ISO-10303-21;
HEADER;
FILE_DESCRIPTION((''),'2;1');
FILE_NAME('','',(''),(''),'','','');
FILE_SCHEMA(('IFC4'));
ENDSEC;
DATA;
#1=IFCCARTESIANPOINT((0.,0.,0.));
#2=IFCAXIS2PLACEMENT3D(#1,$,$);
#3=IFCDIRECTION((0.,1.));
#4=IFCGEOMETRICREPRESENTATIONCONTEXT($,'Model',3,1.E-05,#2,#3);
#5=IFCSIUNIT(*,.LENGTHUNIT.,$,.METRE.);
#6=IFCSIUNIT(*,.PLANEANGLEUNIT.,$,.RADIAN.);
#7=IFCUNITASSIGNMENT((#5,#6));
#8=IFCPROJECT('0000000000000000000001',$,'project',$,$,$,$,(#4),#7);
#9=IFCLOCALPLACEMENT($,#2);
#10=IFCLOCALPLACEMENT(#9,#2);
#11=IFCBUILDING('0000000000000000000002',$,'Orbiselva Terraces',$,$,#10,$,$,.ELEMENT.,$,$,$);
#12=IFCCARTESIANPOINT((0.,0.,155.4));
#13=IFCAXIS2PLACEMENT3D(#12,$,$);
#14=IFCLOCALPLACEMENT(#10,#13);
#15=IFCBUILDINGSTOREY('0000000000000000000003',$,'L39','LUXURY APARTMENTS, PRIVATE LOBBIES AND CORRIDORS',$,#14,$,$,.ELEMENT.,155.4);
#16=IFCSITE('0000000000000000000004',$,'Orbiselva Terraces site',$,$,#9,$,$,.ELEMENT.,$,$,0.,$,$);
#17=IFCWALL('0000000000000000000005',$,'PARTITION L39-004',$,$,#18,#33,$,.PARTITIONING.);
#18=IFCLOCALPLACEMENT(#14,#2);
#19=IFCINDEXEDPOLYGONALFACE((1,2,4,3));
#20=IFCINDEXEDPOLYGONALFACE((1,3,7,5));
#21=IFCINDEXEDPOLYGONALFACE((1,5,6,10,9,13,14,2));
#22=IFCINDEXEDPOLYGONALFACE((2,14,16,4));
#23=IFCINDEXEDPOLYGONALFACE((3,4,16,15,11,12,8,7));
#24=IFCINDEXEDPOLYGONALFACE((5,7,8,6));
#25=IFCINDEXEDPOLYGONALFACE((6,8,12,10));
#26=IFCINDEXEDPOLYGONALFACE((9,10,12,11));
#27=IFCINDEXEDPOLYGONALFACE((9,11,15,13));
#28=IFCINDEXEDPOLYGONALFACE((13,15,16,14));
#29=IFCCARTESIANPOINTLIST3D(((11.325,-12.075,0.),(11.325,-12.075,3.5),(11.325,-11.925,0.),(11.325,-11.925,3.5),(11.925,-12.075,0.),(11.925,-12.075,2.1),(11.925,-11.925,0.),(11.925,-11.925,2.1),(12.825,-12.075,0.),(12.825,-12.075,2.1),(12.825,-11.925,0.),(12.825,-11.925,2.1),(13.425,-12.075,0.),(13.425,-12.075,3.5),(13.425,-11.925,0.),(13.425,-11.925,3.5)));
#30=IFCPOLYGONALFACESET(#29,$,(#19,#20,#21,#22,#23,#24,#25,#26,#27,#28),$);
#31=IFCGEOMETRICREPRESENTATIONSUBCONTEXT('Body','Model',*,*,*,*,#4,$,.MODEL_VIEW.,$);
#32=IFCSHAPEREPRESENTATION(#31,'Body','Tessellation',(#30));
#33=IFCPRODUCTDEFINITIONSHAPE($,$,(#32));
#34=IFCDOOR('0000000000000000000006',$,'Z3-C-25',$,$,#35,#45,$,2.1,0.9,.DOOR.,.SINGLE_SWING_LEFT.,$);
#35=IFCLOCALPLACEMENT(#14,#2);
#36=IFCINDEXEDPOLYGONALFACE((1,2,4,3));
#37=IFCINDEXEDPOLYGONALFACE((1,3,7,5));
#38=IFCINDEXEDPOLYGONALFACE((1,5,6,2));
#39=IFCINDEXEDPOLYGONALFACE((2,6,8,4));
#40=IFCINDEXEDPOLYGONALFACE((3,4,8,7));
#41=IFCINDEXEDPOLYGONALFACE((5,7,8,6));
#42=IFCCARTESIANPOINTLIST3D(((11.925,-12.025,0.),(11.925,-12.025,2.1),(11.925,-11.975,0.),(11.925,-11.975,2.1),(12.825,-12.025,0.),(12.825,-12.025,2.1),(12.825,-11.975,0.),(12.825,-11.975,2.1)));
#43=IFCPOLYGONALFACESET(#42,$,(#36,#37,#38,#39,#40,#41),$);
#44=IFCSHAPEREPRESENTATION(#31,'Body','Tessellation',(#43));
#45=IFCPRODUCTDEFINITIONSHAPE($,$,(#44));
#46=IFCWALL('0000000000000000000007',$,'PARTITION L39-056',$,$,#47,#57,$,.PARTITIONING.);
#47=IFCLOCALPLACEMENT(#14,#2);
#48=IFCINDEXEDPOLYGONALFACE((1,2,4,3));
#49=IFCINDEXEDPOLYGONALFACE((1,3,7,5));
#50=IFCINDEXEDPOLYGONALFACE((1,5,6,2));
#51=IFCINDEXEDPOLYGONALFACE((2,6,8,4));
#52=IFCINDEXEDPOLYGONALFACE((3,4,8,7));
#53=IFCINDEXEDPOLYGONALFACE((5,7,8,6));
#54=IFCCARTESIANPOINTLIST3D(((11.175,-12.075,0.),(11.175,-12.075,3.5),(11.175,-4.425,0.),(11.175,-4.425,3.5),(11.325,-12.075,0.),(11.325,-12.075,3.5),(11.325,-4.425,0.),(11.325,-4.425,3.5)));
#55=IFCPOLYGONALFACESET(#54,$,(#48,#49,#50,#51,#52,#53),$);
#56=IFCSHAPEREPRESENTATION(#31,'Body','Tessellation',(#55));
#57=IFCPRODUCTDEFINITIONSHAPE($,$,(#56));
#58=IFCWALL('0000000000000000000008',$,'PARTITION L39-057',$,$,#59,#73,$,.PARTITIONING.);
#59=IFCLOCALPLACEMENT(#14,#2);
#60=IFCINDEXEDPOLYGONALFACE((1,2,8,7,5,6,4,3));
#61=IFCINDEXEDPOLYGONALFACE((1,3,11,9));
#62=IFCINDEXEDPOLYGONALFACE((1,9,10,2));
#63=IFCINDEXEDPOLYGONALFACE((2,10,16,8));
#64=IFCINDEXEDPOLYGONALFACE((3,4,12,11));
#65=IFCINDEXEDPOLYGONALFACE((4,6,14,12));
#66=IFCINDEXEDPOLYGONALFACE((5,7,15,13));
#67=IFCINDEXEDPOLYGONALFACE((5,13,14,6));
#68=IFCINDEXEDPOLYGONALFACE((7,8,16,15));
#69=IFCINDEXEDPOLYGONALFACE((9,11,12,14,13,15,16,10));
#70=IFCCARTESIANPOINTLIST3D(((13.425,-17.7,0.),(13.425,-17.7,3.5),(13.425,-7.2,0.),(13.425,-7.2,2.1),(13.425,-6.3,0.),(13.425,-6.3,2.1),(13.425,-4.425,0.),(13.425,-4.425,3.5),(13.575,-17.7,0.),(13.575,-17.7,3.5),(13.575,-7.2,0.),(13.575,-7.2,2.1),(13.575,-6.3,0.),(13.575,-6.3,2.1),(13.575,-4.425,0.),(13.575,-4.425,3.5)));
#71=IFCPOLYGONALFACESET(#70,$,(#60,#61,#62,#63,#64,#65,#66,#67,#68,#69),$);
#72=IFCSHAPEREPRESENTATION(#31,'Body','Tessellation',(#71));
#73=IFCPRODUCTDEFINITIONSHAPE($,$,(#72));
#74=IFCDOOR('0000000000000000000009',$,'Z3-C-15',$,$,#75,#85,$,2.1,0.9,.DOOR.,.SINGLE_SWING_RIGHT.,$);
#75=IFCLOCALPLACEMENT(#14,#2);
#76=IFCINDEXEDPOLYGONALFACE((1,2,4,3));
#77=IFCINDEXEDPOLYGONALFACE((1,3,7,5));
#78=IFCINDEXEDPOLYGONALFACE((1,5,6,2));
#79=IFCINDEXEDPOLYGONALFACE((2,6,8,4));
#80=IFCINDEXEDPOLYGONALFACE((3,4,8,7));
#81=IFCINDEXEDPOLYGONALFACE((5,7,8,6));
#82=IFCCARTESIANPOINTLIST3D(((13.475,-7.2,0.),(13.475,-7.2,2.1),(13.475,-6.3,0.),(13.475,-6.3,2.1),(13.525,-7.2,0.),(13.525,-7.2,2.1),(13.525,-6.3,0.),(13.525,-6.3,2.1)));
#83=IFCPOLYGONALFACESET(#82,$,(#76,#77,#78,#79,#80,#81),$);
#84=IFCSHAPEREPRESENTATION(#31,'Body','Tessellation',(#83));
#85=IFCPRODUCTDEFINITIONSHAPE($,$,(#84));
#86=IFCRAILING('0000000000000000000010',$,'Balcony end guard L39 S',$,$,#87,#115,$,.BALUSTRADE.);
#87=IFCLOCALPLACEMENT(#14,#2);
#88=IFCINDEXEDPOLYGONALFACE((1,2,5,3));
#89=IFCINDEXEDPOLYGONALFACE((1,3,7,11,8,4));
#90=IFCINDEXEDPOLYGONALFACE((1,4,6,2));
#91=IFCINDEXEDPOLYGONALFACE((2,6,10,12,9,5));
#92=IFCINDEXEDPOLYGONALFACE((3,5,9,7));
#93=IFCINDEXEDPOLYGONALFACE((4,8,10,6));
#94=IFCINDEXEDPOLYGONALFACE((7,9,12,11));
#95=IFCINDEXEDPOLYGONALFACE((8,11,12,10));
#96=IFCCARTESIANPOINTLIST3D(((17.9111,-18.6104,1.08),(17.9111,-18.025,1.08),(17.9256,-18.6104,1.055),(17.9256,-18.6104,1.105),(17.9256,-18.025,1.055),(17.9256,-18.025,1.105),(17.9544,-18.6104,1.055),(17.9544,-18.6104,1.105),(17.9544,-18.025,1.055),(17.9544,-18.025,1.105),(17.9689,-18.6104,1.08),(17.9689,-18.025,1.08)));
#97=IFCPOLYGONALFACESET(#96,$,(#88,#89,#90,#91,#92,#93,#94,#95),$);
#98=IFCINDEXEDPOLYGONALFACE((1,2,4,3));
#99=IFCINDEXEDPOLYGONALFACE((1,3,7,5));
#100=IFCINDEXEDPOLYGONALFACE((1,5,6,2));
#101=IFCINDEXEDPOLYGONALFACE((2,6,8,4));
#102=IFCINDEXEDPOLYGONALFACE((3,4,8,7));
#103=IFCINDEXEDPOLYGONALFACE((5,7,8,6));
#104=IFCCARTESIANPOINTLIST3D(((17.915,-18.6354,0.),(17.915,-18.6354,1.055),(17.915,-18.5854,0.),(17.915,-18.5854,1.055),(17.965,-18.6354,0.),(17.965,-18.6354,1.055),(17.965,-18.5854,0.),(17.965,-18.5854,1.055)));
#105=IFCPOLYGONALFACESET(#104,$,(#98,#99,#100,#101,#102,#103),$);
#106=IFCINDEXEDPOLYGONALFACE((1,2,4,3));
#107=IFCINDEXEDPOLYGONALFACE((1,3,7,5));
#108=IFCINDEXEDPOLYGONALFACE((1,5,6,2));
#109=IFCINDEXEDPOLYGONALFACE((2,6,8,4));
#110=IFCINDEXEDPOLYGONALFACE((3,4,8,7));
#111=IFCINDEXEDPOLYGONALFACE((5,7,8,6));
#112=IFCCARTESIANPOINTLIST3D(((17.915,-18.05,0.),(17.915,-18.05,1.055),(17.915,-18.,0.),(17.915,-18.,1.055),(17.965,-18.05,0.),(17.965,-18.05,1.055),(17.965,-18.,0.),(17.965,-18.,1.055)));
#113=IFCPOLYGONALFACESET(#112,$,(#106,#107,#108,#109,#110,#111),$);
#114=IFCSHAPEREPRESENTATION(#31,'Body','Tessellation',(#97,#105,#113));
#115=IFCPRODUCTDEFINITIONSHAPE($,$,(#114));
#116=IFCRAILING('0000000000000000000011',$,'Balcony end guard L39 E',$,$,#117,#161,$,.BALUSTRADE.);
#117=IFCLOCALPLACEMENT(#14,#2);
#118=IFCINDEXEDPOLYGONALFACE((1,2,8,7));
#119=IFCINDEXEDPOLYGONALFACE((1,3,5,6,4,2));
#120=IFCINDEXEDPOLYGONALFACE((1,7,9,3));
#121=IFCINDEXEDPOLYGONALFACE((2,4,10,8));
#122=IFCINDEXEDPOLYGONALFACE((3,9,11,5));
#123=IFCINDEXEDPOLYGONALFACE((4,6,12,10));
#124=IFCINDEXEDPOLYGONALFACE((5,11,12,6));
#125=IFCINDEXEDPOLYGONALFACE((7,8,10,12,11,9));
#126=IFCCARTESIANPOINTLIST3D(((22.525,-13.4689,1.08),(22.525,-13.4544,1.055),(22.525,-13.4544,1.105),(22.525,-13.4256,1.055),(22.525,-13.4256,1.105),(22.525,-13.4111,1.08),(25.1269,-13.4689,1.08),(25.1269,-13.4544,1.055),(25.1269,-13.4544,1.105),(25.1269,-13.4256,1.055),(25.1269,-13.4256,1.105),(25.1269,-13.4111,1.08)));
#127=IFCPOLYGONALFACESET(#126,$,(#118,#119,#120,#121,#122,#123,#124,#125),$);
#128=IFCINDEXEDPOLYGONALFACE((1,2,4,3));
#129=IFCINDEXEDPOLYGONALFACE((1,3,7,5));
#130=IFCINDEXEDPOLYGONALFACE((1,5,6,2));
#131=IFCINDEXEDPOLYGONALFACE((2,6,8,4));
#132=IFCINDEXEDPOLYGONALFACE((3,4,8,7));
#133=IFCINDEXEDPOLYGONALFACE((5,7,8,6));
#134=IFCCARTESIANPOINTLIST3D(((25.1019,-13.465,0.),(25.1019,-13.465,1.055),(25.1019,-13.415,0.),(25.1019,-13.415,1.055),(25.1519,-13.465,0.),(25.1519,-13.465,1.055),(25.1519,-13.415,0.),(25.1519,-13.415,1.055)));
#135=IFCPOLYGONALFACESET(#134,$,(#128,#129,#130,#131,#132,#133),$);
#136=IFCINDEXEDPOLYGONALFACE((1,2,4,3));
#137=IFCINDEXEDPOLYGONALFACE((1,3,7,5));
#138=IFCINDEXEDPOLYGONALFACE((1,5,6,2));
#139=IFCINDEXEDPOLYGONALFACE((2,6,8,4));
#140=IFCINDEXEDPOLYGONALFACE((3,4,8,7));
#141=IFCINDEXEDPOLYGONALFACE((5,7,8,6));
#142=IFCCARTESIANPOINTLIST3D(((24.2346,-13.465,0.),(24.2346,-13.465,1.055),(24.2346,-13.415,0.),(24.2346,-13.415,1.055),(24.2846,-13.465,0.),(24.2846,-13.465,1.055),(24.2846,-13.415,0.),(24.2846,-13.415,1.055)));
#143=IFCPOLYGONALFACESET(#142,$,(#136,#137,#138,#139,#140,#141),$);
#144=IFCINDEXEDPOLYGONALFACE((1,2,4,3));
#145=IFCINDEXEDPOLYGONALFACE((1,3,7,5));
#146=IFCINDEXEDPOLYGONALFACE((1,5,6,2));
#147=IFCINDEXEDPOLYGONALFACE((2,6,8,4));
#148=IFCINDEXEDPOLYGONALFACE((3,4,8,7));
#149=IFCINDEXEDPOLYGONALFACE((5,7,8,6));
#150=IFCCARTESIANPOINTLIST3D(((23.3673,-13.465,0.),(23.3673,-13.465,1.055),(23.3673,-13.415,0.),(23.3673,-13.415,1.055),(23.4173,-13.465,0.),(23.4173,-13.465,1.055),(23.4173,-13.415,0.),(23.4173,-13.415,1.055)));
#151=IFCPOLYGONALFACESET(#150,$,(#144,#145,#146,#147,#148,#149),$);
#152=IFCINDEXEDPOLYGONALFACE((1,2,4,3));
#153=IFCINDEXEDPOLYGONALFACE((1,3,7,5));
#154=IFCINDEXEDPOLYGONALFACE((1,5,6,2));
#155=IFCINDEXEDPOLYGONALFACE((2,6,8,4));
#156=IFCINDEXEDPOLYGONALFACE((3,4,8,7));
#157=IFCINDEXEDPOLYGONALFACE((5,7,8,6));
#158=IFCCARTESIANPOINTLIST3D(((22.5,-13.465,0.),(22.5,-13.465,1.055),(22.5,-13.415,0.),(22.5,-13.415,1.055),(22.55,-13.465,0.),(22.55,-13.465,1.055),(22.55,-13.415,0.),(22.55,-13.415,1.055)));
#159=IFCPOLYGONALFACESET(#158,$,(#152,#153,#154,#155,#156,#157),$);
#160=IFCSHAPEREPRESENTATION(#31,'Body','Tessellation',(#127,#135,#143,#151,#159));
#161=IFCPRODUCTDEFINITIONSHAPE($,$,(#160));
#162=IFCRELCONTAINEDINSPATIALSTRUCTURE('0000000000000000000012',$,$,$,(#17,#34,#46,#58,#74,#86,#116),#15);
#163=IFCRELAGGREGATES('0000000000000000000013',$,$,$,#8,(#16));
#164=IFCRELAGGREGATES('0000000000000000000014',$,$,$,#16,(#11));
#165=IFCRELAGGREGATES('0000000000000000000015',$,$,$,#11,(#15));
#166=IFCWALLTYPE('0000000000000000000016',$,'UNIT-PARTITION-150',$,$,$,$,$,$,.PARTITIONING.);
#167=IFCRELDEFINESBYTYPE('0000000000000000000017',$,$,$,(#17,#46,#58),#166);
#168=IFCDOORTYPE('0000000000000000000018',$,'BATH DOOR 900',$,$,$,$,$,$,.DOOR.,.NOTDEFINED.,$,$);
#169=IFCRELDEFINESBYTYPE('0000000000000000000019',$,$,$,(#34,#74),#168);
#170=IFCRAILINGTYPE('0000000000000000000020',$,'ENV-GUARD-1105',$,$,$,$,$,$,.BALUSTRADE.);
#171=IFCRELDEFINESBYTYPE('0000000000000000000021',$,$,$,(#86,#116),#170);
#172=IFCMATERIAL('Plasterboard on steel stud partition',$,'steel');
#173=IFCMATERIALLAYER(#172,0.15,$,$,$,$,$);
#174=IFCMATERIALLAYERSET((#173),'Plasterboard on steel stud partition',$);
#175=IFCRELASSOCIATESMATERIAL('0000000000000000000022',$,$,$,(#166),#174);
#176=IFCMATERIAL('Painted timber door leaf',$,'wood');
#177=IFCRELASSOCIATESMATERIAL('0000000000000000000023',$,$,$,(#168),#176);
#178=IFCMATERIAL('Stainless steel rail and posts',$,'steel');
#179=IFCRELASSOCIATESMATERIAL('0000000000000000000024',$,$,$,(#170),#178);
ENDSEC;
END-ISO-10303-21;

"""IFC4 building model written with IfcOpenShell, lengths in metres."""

from ifc_helpers import new_model, si_unit, direction, frame, frame_2d, origin, origin_2d, place, context, subcontext, project, spatial, polyline, rectangle, outline, extrude, material, layer, layer_set, type_object, element, fill, save


model = new_model("IFC4")

# Units and contexts
model_context = context("Model", 3, precision=1e-05, world=origin(), true_north=direction((0.0, 1.0)))
body_context = subcontext(model_context, "Body", "Model", "MODEL_VIEW")
ifc_project = project(units=[si_unit("LENGTHUNIT", "METRE"), si_unit("PLANEANGLEUNIT", "RADIAN")], contexts=[model_context])

# Site, building, storey
site_placement = place(None, origin())
site = spatial("IfcSite", under=ifc_project, at=site_placement, Name="Orbiselva Terraces site", CompositionType="ELEMENT", RefElevation=0.0)
building_placement = place(site_placement, origin())
building = spatial("IfcBuilding", under=site, at=building_placement, Name="Orbiselva Terraces", CompositionType="ELEMENT")
storey_placement = place(building_placement, frame((0.0, 0.0, 155.4)))
storey = spatial("IfcBuildingStorey", under=building, at=storey_placement, Name="L39", Description="LUXURY APARTMENTS, PRIVATE LOBBIES AND CORRIDORS", CompositionType="ELEMENT", Elevation=155.4)

# Wall, opening, door
ifc_material_1 = material(Name="Plasterboard on steel stud partition", Category="steel")
ifc_layer_1 = layer(ifc_material_1, 0.15)
ifc_layer_set_1 = layer_set([ifc_layer_1], Name="Plasterboard on steel stud partition")
wall_type_1 = type_object("IfcWallType", Name="UNIT-PARTITION-150", PredefinedType="PARTITIONING", material=ifc_layer_set_1)
wall_1_placement = place(storey_placement, frame((11.325, -12.0, 0.0), z_axis=(0.0, 0.0, 1.0), x_axis=(1.0, 0.0, 0.0)))
wall_1 = element("IfcWall", 1, at=wall_1_placement, inside=storey, type_object=wall_type_1, Name="PARTITION L39-004", PredefinedType="PARTITIONING", context=body_context, shape_type="SweptSolid", body=[
    extrude(rectangle(XDim=2.1, YDim=0.15, at=frame_2d((1.05, 0.0))), origin(), (0.0, 0.0, 1.0), 3.5),
])
opening_1_placement = place(wall_1_placement, frame((0.6, 0.0, 0.0)))
opening_1 = element("IfcOpeningElement", 2, at=opening_1_placement, cuts=wall_1, PredefinedType="OPENING", context=body_context, shape_type="SweptSolid", body=[
    extrude(rectangle(XDim=0.9, YDim=2.1, at=frame_2d((0.45, 1.05))), frame((0.0, 0.085, 0.0), z_axis=(0.0, -1.0, 0.0), x_axis=(1.0, 0.0, 0.0)), (0.0, 0.0, 1.0), 0.17),
])
ifc_material_2 = material(Name="Painted timber door leaf", Category="wood")
door_type_1 = type_object("IfcDoorType", Name="BATH DOOR 900", OperationType="NOTDEFINED", PredefinedType="DOOR", material=ifc_material_2)
door_1_placement = place(opening_1_placement, origin())
door_1 = element("IfcDoor", 3, at=door_1_placement, inside=storey, type_object=door_type_1, Name="Z3-C-25", OperationType="SINGLE_SWING_LEFT", OverallHeight=2.1, OverallWidth=0.9, PredefinedType="DOOR", context=body_context, shape_type="SweptSolid", body=[
    extrude(rectangle(XDim=0.9, YDim=2.1, at=frame_2d((0.45, 1.05))), frame((0.0, 0.025, 0.0), z_axis=(0.0, -1.0, 0.0), x_axis=(1.0, 0.0, 0.0)), (0.0, 0.0, 1.0), 0.05),
])
fill(opening_1, door_1)

# Wall
wall_2_placement = place(storey_placement, frame((11.25, -12.075, 0.0), z_axis=(0.0, 0.0, 1.0), x_axis=(0.0, 1.0, 0.0)))
element("IfcWall", 4, at=wall_2_placement, inside=storey, type_object=wall_type_1, Name="PARTITION L39-056", PredefinedType="PARTITIONING", context=body_context, shape_type="SweptSolid", body=[
    extrude(rectangle(XDim=7.65, YDim=0.15, at=frame_2d((3.825, 0.0))), origin(), (0.0, 0.0, 1.0), 3.5),
])

# Wall, opening, door
wall_3_placement = place(storey_placement, frame((13.5, -17.7, 0.0), z_axis=(0.0, 0.0, 1.0), x_axis=(0.0, 1.0, 0.0)))
wall_3 = element("IfcWall", 5, at=wall_3_placement, inside=storey, type_object=wall_type_1, Name="PARTITION L39-057", PredefinedType="PARTITIONING", context=body_context, shape_type="SweptSolid", body=[
    extrude(rectangle(XDim=13.275, YDim=0.15, at=frame_2d((6.6375, 0.0))), origin(), (0.0, 0.0, 1.0), 3.5),
])
opening_2_placement = place(wall_3_placement, frame((10.5, 0.0, 0.0)))
opening_2 = element("IfcOpeningElement", 6, at=opening_2_placement, cuts=wall_3, PredefinedType="OPENING", context=body_context, shape_type="SweptSolid", body=[
    extrude(rectangle(XDim=0.9, YDim=2.1, at=frame_2d((0.45, 1.05))), frame((0.0, 0.085, 0.0), z_axis=(0.0, -1.0, 0.0), x_axis=(1.0, 0.0, 0.0)), (0.0, 0.0, 1.0), 0.17),
])
door_2_placement = place(opening_2_placement, origin())
door_2 = element("IfcDoor", 7, at=door_2_placement, inside=storey, type_object=door_type_1, Name="Z3-C-15", OperationType="SINGLE_SWING_RIGHT", OverallHeight=2.1, OverallWidth=0.9, PredefinedType="DOOR", context=body_context, shape_type="SweptSolid", body=[
    extrude(rectangle(XDim=0.9, YDim=2.1, at=frame_2d((0.45, 1.05))), frame((0.0, 0.025, 0.0), z_axis=(0.0, -1.0, 0.0), x_axis=(1.0, 0.0, 0.0)), (0.0, 0.0, 1.0), 0.05),
])
fill(opening_2, door_2)

# Railings
ifc_material_3 = material(Name="Stainless steel rail and posts", Category="steel")
railing_type_1 = type_object("IfcRailingType", Name="ENV-GUARD-1105", PredefinedType="BALUSTRADE", material=ifc_material_3)
railing_1_placement = place(storey_placement, frame((17.94, -18.6104, 0.0)))
element("IfcRailing", 8, at=railing_1_placement, inside=storey, type_object=railing_type_1, Name="Balcony end guard L39 S", PredefinedType="BALUSTRADE", context=body_context, shape_type="SweptSolid", body=[
    extrude(outline(polyline([(0.0289, 0.0), (0.0144, 0.025), (-0.0144, 0.025), (-0.0289, 0.0), (-0.0144, -0.025), (0.0144, -0.025), (0.0289, 0.0)])), frame((0.0, 0.0, 1.08), z_axis=(0.0, 1.0, 0.0), x_axis=(-1.0, 0.0, 0.0)), (0.0, 0.0, 1.0), 0.5854),
    extrude(rectangle(XDim=0.05, YDim=0.05, at=origin_2d()), origin(), (0.0, 0.0, 1.0), 1.055),
    extrude(rectangle(XDim=0.05, YDim=0.05, at=origin_2d()), frame((0.0, 0.5854, 0.0)), (0.0, 0.0, 1.0), 1.055),
])
railing_2_placement = place(storey_placement, frame((25.1269, -13.44, 0.0)))
element("IfcRailing", 9, at=railing_2_placement, inside=storey, type_object=railing_type_1, Name="Balcony end guard L39 E", PredefinedType="BALUSTRADE", context=body_context, shape_type="SweptSolid", body=[
    extrude(outline(polyline([(0.0289, 0.0), (0.0144, 0.025), (-0.0144, 0.025), (-0.0289, 0.0), (-0.0144, -0.025), (0.0144, -0.025), (0.0289, 0.0)])), frame((0.0, 0.0, 1.08), z_axis=(-1.0, 0.0, 0.0), x_axis=(0.0, -1.0, 0.0)), (0.0, 0.0, 1.0), 2.6019),
    extrude(rectangle(XDim=0.05, YDim=0.05, at=origin_2d()), origin(), (0.0, 0.0, 1.0), 1.055),
    extrude(rectangle(XDim=0.05, YDim=0.05, at=origin_2d()), frame((-0.8673, 0.0, 0.0)), (0.0, 0.0, 1.0), 1.055),
    extrude(rectangle(XDim=0.05, YDim=0.05, at=origin_2d()), frame((-1.7346, 0.0, 0.0)), (0.0, 0.0, 1.0), 1.055),
    extrude(rectangle(XDim=0.05, YDim=0.05, at=origin_2d()), frame((-2.6019, 0.0, 0.0)), (0.0, 0.0, 1.0), 1.055),
])

save(model, "model.ifc")
